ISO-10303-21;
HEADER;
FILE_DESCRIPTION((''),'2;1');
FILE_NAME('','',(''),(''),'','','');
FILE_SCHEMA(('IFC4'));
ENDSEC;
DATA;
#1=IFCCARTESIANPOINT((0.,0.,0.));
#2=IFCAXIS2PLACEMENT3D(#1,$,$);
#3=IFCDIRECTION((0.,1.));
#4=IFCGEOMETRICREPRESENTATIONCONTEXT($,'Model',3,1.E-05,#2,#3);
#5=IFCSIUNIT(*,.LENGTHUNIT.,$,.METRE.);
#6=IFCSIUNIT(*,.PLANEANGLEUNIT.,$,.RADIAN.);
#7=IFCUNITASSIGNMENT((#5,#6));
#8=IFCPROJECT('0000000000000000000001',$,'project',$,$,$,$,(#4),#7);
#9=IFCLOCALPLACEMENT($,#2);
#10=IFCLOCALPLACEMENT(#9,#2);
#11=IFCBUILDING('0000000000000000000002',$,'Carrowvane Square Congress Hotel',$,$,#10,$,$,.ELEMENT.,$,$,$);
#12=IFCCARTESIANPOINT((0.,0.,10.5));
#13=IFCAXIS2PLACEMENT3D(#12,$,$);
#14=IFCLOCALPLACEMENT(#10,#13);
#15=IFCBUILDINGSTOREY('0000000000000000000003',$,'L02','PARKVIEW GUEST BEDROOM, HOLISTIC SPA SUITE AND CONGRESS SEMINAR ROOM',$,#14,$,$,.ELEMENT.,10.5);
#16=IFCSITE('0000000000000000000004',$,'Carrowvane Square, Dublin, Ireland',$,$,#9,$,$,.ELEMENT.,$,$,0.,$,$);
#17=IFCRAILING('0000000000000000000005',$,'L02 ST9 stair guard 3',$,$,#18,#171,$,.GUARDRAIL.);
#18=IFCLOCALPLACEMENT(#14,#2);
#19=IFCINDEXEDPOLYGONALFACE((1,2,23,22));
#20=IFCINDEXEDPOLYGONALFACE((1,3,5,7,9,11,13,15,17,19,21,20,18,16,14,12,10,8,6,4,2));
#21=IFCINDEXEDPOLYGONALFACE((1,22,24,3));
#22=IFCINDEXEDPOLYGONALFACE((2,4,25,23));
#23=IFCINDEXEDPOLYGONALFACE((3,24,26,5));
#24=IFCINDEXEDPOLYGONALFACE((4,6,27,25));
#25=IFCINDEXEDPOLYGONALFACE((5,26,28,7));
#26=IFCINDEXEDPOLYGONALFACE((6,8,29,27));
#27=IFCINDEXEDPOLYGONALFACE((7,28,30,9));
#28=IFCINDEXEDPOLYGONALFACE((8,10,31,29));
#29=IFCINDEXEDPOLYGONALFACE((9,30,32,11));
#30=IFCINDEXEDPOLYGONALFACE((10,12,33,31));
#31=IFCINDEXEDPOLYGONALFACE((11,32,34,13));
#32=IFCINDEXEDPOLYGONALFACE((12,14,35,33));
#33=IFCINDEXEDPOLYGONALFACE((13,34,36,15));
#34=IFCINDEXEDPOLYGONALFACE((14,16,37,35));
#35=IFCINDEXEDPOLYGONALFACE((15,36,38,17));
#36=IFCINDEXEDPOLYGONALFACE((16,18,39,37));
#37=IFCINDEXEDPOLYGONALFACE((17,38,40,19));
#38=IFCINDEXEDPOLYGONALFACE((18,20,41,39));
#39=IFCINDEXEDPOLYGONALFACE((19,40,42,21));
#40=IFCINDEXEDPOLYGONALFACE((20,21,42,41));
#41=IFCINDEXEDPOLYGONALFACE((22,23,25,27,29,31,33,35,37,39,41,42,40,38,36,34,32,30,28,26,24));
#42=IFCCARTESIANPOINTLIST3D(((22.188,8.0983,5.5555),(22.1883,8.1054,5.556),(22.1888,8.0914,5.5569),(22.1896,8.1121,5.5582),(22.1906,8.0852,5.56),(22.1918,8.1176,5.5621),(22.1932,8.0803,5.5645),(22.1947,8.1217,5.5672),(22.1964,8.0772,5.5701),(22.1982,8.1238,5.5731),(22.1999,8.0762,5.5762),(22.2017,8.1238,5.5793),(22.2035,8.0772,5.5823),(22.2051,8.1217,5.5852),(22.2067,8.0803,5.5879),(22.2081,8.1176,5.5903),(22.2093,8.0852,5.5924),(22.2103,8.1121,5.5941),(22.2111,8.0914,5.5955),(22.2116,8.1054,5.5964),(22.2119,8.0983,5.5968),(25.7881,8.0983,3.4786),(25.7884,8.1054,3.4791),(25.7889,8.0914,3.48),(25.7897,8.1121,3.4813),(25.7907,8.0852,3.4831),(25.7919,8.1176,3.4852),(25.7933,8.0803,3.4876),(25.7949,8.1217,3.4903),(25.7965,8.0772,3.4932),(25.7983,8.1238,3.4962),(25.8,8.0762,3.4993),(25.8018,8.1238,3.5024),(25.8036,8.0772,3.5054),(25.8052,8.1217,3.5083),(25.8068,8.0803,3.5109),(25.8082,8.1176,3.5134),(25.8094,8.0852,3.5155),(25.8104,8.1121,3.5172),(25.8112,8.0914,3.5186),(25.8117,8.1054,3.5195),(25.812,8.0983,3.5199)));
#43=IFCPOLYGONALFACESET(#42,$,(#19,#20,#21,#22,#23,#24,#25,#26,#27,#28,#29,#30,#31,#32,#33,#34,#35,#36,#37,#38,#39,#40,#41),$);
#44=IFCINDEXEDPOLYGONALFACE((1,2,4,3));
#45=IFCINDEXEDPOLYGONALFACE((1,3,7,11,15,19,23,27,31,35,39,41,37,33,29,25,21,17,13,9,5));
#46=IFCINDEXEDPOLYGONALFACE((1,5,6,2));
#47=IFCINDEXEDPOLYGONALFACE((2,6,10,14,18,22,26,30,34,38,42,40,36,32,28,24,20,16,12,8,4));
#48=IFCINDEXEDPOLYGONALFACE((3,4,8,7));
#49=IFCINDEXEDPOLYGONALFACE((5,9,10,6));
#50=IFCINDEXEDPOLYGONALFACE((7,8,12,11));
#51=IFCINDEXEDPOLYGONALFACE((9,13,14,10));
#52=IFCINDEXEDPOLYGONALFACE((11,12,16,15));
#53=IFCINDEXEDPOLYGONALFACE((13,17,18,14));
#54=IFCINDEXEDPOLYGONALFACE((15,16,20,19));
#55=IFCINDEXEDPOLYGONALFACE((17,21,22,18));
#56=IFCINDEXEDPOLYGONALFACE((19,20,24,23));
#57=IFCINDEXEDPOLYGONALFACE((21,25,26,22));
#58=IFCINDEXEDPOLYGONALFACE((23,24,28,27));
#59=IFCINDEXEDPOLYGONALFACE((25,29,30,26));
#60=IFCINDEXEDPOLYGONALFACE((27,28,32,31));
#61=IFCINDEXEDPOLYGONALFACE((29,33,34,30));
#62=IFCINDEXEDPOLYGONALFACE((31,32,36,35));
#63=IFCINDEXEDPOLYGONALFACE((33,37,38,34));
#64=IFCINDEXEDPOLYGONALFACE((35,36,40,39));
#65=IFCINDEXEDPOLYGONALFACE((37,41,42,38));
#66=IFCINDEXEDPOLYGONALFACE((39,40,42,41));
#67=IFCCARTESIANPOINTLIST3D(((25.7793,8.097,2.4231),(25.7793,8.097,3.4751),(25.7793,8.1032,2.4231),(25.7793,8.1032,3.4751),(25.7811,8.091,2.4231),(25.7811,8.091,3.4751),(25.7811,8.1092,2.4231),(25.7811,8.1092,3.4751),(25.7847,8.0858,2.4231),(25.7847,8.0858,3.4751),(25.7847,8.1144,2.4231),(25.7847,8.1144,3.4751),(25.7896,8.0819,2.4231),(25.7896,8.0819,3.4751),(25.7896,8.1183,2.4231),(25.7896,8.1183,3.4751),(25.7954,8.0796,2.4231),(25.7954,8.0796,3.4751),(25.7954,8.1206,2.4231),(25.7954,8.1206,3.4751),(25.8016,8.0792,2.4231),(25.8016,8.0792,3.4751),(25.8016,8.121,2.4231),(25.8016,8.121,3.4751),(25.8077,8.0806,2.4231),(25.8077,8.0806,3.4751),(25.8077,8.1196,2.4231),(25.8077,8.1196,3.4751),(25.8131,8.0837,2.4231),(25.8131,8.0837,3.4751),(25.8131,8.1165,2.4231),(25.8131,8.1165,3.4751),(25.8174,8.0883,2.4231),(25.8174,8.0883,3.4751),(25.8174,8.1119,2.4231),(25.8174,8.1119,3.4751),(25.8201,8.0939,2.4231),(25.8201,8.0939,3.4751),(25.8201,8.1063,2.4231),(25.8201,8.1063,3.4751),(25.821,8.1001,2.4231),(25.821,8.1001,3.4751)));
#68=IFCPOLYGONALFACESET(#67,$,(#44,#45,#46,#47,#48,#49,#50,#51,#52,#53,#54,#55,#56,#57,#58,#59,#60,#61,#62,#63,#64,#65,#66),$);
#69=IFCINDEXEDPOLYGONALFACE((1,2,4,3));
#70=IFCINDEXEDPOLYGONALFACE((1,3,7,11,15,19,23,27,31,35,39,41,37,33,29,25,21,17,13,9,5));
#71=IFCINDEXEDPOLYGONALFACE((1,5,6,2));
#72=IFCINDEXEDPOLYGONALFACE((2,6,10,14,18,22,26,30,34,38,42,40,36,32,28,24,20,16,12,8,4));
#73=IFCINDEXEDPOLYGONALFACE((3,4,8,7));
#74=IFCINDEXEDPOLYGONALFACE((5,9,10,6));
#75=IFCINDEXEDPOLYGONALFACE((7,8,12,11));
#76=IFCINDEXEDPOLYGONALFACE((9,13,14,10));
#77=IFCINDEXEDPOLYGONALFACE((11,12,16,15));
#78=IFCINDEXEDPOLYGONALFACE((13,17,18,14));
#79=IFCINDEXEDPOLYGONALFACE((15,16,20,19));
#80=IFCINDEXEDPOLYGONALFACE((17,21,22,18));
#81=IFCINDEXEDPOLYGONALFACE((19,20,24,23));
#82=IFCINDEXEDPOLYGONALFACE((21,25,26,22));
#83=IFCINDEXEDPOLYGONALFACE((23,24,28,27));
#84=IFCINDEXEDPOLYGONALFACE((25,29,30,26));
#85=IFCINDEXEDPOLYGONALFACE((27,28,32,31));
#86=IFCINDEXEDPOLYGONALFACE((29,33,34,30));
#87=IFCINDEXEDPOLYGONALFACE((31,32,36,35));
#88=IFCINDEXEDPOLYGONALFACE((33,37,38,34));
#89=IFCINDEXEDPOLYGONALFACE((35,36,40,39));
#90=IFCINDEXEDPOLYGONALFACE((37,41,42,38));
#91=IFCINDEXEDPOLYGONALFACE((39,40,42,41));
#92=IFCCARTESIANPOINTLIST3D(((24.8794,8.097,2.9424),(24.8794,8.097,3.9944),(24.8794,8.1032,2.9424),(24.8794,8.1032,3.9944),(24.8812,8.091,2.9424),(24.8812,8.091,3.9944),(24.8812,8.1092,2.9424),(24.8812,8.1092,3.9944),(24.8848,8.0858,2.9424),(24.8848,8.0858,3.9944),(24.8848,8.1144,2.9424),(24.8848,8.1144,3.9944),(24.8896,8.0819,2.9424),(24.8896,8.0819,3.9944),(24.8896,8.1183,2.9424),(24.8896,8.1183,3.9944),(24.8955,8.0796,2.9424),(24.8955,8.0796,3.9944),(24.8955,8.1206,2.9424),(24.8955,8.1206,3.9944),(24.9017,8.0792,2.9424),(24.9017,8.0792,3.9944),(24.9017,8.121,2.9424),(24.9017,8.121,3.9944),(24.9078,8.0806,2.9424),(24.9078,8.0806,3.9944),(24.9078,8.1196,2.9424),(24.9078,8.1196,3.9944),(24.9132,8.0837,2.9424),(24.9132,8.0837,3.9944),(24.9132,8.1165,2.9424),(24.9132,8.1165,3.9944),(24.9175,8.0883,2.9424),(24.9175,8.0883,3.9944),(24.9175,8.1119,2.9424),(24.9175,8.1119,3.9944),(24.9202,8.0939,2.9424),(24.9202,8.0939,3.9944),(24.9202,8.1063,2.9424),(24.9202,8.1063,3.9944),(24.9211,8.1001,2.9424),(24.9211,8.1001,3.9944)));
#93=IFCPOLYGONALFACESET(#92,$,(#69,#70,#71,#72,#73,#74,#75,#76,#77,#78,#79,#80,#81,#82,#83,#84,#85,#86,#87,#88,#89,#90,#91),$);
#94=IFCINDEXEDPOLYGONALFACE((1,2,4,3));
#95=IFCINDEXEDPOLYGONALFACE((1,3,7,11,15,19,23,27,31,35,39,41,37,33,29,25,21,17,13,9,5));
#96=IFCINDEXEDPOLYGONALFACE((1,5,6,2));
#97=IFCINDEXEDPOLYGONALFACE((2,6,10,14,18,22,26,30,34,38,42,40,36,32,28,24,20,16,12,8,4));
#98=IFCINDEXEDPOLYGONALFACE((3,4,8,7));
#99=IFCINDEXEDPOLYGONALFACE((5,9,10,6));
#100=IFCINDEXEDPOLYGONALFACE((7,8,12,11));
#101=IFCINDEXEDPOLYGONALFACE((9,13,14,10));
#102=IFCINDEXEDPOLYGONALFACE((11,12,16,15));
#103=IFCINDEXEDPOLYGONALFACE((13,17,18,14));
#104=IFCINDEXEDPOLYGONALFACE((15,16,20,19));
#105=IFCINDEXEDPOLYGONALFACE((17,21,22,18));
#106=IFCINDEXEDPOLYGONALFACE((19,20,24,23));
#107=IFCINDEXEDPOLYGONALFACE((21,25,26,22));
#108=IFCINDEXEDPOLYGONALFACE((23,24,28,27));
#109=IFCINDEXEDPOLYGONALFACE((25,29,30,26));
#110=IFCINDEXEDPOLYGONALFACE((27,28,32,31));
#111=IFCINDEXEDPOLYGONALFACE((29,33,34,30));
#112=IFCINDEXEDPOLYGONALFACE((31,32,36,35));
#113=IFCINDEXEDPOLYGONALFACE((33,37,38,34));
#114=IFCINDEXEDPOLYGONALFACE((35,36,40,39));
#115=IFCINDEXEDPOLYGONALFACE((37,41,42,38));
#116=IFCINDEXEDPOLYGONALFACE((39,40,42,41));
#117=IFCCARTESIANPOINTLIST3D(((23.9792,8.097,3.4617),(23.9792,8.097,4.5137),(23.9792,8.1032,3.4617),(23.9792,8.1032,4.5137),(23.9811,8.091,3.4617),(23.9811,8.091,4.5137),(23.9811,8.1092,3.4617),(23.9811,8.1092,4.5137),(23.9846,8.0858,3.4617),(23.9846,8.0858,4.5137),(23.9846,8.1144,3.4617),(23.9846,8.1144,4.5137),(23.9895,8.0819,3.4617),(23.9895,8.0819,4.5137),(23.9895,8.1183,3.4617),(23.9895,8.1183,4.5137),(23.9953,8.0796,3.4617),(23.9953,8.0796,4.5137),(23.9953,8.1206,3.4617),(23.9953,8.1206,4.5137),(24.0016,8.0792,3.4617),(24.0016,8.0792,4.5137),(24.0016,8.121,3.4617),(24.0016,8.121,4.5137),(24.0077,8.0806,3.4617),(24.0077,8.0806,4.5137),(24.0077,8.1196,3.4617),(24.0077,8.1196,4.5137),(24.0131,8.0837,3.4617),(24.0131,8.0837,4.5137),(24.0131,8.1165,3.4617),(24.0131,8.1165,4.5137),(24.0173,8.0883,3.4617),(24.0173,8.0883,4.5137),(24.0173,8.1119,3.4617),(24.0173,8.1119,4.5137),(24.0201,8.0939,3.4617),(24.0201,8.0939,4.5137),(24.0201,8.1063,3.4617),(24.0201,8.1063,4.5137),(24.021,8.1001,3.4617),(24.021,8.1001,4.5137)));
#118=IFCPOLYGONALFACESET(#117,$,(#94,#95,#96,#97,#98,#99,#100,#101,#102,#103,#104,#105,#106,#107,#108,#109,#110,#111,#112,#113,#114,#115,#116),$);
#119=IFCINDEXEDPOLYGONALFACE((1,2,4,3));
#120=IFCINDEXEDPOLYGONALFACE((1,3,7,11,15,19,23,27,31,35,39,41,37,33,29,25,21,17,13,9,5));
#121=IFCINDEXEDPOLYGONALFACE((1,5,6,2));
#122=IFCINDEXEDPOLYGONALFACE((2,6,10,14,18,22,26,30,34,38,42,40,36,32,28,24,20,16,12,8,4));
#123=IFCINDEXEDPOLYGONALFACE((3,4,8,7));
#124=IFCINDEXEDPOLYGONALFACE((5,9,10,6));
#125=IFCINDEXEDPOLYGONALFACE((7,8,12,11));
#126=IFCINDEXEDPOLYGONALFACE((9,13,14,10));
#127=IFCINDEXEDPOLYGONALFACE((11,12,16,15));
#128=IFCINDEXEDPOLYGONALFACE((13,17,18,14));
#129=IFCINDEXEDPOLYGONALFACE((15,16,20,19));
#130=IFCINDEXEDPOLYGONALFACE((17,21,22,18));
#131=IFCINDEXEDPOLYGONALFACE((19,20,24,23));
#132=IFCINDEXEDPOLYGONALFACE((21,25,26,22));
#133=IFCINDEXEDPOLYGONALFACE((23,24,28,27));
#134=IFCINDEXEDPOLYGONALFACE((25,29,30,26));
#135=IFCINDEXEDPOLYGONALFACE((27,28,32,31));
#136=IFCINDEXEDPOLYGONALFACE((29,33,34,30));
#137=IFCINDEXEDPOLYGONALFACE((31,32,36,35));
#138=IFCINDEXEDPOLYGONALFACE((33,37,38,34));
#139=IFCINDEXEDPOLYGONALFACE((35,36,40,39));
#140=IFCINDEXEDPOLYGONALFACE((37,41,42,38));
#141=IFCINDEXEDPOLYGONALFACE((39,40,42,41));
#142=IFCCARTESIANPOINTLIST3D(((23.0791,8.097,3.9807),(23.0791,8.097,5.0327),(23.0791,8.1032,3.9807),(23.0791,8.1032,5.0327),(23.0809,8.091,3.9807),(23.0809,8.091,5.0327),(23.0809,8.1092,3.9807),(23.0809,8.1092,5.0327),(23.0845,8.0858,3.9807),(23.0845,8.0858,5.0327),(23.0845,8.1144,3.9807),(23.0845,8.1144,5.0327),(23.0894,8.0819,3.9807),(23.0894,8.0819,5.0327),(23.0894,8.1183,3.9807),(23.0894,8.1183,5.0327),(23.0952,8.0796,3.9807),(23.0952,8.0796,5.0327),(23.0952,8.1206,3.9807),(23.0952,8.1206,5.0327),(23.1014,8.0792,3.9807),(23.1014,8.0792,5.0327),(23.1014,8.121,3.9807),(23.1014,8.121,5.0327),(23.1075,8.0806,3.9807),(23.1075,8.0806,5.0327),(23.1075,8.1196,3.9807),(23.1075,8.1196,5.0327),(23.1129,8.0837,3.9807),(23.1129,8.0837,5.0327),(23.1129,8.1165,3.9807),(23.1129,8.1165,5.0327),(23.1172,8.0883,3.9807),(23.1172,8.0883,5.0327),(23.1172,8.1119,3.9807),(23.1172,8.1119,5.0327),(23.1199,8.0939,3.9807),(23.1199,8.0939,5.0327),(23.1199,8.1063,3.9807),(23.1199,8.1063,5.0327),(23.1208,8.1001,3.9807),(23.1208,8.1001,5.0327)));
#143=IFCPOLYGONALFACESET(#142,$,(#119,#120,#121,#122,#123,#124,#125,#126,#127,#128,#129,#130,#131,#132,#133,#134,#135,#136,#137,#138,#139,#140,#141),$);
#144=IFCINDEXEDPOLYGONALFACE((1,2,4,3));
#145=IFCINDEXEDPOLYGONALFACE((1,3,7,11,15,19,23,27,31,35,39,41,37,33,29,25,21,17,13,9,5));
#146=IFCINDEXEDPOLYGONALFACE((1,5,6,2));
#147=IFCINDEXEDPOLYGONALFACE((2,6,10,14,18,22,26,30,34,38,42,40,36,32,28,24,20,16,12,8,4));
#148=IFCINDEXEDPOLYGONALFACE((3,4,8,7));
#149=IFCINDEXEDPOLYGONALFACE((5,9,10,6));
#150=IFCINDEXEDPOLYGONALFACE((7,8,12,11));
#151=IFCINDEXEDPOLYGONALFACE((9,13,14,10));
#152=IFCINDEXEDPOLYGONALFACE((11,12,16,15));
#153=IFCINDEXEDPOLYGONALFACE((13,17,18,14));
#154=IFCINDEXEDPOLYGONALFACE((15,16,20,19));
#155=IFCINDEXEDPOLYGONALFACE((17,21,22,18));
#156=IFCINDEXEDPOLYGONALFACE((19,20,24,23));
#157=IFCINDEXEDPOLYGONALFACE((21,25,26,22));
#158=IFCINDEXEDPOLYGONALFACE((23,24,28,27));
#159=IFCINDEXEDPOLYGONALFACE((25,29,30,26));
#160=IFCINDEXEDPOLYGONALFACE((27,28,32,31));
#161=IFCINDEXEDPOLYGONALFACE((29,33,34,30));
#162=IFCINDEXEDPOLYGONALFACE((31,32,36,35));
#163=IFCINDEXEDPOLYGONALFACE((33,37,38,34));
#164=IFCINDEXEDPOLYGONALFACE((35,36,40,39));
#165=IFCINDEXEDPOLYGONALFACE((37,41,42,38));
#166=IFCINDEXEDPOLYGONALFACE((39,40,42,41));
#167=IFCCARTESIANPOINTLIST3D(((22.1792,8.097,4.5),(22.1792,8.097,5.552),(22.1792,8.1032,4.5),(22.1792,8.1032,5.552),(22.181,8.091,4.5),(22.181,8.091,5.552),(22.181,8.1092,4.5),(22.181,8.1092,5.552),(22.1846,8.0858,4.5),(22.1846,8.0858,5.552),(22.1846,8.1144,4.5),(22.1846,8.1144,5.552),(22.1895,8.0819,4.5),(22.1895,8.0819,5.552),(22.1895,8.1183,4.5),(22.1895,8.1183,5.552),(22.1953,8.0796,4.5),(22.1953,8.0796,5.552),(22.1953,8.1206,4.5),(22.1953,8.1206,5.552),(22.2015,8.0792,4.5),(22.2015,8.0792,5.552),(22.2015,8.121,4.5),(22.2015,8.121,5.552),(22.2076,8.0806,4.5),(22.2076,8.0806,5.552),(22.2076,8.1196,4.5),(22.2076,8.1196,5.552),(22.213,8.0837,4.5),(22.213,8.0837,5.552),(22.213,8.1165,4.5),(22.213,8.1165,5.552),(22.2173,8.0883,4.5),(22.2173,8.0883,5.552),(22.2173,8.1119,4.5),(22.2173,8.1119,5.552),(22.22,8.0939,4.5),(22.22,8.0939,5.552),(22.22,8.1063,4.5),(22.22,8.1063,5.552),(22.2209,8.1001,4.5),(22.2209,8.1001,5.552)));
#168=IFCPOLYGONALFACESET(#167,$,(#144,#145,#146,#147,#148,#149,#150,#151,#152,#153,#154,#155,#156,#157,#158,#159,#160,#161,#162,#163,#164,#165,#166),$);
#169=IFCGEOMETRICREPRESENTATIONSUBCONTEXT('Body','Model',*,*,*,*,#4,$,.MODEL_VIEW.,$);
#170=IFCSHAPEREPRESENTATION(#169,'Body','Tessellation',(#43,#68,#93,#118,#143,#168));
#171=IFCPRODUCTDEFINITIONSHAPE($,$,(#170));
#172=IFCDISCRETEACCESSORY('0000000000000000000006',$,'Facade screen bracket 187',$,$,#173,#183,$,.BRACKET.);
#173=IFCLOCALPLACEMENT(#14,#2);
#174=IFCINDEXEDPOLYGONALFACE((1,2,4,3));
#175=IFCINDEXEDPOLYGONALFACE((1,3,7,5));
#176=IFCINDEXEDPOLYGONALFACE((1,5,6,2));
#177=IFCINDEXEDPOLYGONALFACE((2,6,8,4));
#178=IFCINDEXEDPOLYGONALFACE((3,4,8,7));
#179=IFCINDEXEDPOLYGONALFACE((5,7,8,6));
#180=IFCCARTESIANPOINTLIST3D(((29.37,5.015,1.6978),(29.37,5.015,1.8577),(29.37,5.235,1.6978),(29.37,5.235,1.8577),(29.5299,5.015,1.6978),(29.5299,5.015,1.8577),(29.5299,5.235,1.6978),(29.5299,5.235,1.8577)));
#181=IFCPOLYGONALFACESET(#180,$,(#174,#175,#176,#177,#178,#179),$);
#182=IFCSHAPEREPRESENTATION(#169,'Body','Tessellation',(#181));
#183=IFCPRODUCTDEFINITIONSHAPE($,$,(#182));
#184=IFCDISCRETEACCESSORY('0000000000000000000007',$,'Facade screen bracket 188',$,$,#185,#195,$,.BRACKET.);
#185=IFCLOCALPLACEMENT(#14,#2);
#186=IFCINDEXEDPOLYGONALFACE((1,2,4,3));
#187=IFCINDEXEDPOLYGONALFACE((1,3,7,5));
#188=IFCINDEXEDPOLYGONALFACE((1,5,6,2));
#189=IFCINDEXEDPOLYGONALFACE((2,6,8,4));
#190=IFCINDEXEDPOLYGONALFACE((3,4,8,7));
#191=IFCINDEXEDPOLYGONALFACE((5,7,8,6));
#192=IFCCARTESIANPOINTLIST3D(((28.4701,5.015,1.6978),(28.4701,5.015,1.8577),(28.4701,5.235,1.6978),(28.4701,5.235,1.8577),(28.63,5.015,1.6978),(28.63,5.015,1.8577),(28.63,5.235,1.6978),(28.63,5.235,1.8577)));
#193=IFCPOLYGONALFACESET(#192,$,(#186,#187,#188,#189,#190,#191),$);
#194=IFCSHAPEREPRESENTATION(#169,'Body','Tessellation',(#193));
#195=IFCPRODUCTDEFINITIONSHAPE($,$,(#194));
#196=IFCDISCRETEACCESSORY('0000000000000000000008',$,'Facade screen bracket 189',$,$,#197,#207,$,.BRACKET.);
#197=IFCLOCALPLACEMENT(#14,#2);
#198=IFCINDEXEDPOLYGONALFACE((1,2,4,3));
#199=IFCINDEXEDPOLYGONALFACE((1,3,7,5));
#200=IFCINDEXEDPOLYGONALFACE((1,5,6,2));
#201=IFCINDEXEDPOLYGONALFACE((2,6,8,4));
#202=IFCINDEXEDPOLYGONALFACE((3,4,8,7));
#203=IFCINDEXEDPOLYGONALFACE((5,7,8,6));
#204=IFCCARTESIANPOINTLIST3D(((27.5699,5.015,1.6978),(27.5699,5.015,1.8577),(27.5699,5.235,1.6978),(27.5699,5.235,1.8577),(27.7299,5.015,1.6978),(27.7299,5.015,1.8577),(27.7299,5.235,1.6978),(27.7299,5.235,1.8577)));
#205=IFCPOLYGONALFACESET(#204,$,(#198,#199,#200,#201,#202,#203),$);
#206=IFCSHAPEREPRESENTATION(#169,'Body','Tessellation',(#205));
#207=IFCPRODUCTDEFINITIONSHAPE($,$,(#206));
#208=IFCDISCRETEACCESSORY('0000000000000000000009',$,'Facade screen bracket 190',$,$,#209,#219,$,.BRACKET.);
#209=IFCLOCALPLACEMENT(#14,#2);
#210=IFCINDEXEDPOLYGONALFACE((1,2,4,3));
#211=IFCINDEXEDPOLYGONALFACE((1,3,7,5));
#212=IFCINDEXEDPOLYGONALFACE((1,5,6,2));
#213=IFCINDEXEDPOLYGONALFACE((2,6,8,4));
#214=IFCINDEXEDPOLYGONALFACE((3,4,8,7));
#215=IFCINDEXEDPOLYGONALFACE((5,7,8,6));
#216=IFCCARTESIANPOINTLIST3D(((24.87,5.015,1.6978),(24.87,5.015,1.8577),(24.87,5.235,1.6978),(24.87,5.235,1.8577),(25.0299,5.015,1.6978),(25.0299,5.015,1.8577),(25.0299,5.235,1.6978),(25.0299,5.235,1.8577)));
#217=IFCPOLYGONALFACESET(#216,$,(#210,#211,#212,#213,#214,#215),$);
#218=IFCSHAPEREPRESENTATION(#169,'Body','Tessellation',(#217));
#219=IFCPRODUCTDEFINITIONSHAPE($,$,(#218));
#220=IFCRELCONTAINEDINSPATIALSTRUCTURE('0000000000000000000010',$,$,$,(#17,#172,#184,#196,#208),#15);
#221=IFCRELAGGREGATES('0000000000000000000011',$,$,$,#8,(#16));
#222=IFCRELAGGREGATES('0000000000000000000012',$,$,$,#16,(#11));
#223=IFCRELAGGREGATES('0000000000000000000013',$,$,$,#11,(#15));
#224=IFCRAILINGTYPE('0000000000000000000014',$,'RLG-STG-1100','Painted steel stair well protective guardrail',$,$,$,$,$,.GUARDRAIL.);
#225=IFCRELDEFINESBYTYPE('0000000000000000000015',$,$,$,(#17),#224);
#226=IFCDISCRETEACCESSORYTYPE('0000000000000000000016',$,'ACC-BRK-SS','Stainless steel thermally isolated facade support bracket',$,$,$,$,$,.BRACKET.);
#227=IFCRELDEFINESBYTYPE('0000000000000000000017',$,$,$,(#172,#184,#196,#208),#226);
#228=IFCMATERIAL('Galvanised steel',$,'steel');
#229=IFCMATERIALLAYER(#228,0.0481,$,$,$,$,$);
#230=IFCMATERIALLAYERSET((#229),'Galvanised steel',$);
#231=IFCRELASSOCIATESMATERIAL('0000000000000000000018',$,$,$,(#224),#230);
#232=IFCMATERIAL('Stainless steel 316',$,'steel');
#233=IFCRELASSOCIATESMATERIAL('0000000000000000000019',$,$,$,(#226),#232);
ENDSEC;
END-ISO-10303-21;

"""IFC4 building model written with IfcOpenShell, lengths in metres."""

from ifc_helpers import new_model, si_unit, direction, frame, origin, origin_2d, place, context, subcontext, project, spatial, rectangle, circle, extrude, material, layer, layer_set, type_object, element, save


model = new_model("IFC4")

# Units and contexts
model_context = context("Model", 3, precision=1e-05, world=origin(), true_north=direction((0.0, 1.0)))
body_context = subcontext(model_context, "Body", "Model", "MODEL_VIEW")
ifc_project = project(units=[si_unit("LENGTHUNIT", "METRE"), si_unit("PLANEANGLEUNIT", "RADIAN")], contexts=[model_context])

# Site, building, storey
site_placement = place(None, origin())
site = spatial("IfcSite", under=ifc_project, at=site_placement, Name="Carrowvane Square, Dublin, Ireland", CompositionType="ELEMENT", RefElevation=0.0)
building_placement = place(site_placement, origin())
building = spatial("IfcBuilding", under=site, at=building_placement, Name="Carrowvane Square Congress Hotel", CompositionType="ELEMENT")
storey_placement = place(building_placement, frame((0.0, 0.0, 10.5)))
storey = spatial("IfcBuildingStorey", under=building, at=storey_placement, Name="L02", Description="PARKVIEW GUEST BEDROOM, HOLISTIC SPA SUITE AND CONGRESS SEMINAR ROOM", CompositionType="ELEMENT", Elevation=10.5)

# Railing
ifc_material_1 = material(Name="Galvanised steel", Category="steel")
ifc_layer_1 = layer(ifc_material_1, 0.0481)
ifc_layer_set_1 = layer_set([ifc_layer_1], Name="Galvanised steel")
railing_type_1 = type_object("IfcRailingType", Name="RLG-STG-1100", Description="Painted steel stair well protective guardrail", PredefinedType="GUARDRAIL", material=ifc_layer_set_1)
railing_1_placement = place(storey_placement, frame((25.8, 8.1001, 2.4231)))
element("IfcRailing", 1, at=railing_1_placement, inside=storey, type_object=railing_type_1, Name="L02 ST9 stair guard 3", PredefinedType="GUARDRAIL", context=body_context, shape_type="SweptSolid", body=[
    extrude(circle(Radius=0.0239, at=origin_2d()), frame((0.0, 0.0, 1.0762), z_axis=(-0.866193, 0.0, 0.499709), x_axis=(0.0, -1.0, 0.0)), (0.0, 0.0, 1.0), 4.1562),
    extrude(circle(Radius=0.021, at=origin_2d()), origin(), (0.0, 0.0, 1.0), 1.052),
    extrude(circle(Radius=0.021, at=origin_2d()), frame((-0.8999, 0.0, 0.5193)), (0.0, 0.0, 1.0), 1.052),
    extrude(circle(Radius=0.021, at=origin_2d()), frame((-1.8, 0.0, 1.0386)), (0.0, 0.0, 1.0), 1.052),
    extrude(circle(Radius=0.021, at=origin_2d()), frame((-2.7002, 0.0, 1.5576)), (0.0, 0.0, 1.0), 1.052),
    extrude(circle(Radius=0.021, at=origin_2d()), frame((-3.6001, 0.0, 2.0769)), (0.0, 0.0, 1.0), 1.052),
])

# Discrete accessories
ifc_material_2 = material(Name="Stainless steel 316", Category="steel")
discrete_accessory_type = type_object("IfcDiscreteAccessoryType", Name="ACC-BRK-SS", Description="Stainless steel thermally isolated facade support bracket", PredefinedType="BRACKET", material=ifc_material_2)
for number, where, z_axis, x_axis, name in (
    (2, (29.45, 5.125, 1.6978), (0.0, 0.0, 1.0), (-1.0, 0.0, 0.0), "Facade screen bracket 187"),
    (3, (28.55, 5.125, 1.6978), (0.0, 0.0, 1.0), (-1.0, 0.0, 0.0), "Facade screen bracket 188"),
    (4, (27.6499, 5.125, 1.6978), (0.0, 0.0, 1.0), (-1.0, 0.0, 0.0), "Facade screen bracket 189"),
    (5, (24.95, 5.125, 1.6978), (0.0, 0.0, 1.0), (-1.0, 0.0, 0.0), "Facade screen bracket 190"),
):
    element("IfcDiscreteAccessory", number, at=place(storey_placement, frame(where, z_axis=z_axis, x_axis=x_axis)), inside=storey, type_object=discrete_accessory_type, Name=name, PredefinedType="BRACKET", context=body_context, shape_type="SweptSolid", body=[
        extrude(rectangle(XDim=0.1599, YDim=0.22, at=origin_2d()), origin(), (0.0, 0.0, 1.0), 0.1599),
    ])

save(model, "model.ifc")
